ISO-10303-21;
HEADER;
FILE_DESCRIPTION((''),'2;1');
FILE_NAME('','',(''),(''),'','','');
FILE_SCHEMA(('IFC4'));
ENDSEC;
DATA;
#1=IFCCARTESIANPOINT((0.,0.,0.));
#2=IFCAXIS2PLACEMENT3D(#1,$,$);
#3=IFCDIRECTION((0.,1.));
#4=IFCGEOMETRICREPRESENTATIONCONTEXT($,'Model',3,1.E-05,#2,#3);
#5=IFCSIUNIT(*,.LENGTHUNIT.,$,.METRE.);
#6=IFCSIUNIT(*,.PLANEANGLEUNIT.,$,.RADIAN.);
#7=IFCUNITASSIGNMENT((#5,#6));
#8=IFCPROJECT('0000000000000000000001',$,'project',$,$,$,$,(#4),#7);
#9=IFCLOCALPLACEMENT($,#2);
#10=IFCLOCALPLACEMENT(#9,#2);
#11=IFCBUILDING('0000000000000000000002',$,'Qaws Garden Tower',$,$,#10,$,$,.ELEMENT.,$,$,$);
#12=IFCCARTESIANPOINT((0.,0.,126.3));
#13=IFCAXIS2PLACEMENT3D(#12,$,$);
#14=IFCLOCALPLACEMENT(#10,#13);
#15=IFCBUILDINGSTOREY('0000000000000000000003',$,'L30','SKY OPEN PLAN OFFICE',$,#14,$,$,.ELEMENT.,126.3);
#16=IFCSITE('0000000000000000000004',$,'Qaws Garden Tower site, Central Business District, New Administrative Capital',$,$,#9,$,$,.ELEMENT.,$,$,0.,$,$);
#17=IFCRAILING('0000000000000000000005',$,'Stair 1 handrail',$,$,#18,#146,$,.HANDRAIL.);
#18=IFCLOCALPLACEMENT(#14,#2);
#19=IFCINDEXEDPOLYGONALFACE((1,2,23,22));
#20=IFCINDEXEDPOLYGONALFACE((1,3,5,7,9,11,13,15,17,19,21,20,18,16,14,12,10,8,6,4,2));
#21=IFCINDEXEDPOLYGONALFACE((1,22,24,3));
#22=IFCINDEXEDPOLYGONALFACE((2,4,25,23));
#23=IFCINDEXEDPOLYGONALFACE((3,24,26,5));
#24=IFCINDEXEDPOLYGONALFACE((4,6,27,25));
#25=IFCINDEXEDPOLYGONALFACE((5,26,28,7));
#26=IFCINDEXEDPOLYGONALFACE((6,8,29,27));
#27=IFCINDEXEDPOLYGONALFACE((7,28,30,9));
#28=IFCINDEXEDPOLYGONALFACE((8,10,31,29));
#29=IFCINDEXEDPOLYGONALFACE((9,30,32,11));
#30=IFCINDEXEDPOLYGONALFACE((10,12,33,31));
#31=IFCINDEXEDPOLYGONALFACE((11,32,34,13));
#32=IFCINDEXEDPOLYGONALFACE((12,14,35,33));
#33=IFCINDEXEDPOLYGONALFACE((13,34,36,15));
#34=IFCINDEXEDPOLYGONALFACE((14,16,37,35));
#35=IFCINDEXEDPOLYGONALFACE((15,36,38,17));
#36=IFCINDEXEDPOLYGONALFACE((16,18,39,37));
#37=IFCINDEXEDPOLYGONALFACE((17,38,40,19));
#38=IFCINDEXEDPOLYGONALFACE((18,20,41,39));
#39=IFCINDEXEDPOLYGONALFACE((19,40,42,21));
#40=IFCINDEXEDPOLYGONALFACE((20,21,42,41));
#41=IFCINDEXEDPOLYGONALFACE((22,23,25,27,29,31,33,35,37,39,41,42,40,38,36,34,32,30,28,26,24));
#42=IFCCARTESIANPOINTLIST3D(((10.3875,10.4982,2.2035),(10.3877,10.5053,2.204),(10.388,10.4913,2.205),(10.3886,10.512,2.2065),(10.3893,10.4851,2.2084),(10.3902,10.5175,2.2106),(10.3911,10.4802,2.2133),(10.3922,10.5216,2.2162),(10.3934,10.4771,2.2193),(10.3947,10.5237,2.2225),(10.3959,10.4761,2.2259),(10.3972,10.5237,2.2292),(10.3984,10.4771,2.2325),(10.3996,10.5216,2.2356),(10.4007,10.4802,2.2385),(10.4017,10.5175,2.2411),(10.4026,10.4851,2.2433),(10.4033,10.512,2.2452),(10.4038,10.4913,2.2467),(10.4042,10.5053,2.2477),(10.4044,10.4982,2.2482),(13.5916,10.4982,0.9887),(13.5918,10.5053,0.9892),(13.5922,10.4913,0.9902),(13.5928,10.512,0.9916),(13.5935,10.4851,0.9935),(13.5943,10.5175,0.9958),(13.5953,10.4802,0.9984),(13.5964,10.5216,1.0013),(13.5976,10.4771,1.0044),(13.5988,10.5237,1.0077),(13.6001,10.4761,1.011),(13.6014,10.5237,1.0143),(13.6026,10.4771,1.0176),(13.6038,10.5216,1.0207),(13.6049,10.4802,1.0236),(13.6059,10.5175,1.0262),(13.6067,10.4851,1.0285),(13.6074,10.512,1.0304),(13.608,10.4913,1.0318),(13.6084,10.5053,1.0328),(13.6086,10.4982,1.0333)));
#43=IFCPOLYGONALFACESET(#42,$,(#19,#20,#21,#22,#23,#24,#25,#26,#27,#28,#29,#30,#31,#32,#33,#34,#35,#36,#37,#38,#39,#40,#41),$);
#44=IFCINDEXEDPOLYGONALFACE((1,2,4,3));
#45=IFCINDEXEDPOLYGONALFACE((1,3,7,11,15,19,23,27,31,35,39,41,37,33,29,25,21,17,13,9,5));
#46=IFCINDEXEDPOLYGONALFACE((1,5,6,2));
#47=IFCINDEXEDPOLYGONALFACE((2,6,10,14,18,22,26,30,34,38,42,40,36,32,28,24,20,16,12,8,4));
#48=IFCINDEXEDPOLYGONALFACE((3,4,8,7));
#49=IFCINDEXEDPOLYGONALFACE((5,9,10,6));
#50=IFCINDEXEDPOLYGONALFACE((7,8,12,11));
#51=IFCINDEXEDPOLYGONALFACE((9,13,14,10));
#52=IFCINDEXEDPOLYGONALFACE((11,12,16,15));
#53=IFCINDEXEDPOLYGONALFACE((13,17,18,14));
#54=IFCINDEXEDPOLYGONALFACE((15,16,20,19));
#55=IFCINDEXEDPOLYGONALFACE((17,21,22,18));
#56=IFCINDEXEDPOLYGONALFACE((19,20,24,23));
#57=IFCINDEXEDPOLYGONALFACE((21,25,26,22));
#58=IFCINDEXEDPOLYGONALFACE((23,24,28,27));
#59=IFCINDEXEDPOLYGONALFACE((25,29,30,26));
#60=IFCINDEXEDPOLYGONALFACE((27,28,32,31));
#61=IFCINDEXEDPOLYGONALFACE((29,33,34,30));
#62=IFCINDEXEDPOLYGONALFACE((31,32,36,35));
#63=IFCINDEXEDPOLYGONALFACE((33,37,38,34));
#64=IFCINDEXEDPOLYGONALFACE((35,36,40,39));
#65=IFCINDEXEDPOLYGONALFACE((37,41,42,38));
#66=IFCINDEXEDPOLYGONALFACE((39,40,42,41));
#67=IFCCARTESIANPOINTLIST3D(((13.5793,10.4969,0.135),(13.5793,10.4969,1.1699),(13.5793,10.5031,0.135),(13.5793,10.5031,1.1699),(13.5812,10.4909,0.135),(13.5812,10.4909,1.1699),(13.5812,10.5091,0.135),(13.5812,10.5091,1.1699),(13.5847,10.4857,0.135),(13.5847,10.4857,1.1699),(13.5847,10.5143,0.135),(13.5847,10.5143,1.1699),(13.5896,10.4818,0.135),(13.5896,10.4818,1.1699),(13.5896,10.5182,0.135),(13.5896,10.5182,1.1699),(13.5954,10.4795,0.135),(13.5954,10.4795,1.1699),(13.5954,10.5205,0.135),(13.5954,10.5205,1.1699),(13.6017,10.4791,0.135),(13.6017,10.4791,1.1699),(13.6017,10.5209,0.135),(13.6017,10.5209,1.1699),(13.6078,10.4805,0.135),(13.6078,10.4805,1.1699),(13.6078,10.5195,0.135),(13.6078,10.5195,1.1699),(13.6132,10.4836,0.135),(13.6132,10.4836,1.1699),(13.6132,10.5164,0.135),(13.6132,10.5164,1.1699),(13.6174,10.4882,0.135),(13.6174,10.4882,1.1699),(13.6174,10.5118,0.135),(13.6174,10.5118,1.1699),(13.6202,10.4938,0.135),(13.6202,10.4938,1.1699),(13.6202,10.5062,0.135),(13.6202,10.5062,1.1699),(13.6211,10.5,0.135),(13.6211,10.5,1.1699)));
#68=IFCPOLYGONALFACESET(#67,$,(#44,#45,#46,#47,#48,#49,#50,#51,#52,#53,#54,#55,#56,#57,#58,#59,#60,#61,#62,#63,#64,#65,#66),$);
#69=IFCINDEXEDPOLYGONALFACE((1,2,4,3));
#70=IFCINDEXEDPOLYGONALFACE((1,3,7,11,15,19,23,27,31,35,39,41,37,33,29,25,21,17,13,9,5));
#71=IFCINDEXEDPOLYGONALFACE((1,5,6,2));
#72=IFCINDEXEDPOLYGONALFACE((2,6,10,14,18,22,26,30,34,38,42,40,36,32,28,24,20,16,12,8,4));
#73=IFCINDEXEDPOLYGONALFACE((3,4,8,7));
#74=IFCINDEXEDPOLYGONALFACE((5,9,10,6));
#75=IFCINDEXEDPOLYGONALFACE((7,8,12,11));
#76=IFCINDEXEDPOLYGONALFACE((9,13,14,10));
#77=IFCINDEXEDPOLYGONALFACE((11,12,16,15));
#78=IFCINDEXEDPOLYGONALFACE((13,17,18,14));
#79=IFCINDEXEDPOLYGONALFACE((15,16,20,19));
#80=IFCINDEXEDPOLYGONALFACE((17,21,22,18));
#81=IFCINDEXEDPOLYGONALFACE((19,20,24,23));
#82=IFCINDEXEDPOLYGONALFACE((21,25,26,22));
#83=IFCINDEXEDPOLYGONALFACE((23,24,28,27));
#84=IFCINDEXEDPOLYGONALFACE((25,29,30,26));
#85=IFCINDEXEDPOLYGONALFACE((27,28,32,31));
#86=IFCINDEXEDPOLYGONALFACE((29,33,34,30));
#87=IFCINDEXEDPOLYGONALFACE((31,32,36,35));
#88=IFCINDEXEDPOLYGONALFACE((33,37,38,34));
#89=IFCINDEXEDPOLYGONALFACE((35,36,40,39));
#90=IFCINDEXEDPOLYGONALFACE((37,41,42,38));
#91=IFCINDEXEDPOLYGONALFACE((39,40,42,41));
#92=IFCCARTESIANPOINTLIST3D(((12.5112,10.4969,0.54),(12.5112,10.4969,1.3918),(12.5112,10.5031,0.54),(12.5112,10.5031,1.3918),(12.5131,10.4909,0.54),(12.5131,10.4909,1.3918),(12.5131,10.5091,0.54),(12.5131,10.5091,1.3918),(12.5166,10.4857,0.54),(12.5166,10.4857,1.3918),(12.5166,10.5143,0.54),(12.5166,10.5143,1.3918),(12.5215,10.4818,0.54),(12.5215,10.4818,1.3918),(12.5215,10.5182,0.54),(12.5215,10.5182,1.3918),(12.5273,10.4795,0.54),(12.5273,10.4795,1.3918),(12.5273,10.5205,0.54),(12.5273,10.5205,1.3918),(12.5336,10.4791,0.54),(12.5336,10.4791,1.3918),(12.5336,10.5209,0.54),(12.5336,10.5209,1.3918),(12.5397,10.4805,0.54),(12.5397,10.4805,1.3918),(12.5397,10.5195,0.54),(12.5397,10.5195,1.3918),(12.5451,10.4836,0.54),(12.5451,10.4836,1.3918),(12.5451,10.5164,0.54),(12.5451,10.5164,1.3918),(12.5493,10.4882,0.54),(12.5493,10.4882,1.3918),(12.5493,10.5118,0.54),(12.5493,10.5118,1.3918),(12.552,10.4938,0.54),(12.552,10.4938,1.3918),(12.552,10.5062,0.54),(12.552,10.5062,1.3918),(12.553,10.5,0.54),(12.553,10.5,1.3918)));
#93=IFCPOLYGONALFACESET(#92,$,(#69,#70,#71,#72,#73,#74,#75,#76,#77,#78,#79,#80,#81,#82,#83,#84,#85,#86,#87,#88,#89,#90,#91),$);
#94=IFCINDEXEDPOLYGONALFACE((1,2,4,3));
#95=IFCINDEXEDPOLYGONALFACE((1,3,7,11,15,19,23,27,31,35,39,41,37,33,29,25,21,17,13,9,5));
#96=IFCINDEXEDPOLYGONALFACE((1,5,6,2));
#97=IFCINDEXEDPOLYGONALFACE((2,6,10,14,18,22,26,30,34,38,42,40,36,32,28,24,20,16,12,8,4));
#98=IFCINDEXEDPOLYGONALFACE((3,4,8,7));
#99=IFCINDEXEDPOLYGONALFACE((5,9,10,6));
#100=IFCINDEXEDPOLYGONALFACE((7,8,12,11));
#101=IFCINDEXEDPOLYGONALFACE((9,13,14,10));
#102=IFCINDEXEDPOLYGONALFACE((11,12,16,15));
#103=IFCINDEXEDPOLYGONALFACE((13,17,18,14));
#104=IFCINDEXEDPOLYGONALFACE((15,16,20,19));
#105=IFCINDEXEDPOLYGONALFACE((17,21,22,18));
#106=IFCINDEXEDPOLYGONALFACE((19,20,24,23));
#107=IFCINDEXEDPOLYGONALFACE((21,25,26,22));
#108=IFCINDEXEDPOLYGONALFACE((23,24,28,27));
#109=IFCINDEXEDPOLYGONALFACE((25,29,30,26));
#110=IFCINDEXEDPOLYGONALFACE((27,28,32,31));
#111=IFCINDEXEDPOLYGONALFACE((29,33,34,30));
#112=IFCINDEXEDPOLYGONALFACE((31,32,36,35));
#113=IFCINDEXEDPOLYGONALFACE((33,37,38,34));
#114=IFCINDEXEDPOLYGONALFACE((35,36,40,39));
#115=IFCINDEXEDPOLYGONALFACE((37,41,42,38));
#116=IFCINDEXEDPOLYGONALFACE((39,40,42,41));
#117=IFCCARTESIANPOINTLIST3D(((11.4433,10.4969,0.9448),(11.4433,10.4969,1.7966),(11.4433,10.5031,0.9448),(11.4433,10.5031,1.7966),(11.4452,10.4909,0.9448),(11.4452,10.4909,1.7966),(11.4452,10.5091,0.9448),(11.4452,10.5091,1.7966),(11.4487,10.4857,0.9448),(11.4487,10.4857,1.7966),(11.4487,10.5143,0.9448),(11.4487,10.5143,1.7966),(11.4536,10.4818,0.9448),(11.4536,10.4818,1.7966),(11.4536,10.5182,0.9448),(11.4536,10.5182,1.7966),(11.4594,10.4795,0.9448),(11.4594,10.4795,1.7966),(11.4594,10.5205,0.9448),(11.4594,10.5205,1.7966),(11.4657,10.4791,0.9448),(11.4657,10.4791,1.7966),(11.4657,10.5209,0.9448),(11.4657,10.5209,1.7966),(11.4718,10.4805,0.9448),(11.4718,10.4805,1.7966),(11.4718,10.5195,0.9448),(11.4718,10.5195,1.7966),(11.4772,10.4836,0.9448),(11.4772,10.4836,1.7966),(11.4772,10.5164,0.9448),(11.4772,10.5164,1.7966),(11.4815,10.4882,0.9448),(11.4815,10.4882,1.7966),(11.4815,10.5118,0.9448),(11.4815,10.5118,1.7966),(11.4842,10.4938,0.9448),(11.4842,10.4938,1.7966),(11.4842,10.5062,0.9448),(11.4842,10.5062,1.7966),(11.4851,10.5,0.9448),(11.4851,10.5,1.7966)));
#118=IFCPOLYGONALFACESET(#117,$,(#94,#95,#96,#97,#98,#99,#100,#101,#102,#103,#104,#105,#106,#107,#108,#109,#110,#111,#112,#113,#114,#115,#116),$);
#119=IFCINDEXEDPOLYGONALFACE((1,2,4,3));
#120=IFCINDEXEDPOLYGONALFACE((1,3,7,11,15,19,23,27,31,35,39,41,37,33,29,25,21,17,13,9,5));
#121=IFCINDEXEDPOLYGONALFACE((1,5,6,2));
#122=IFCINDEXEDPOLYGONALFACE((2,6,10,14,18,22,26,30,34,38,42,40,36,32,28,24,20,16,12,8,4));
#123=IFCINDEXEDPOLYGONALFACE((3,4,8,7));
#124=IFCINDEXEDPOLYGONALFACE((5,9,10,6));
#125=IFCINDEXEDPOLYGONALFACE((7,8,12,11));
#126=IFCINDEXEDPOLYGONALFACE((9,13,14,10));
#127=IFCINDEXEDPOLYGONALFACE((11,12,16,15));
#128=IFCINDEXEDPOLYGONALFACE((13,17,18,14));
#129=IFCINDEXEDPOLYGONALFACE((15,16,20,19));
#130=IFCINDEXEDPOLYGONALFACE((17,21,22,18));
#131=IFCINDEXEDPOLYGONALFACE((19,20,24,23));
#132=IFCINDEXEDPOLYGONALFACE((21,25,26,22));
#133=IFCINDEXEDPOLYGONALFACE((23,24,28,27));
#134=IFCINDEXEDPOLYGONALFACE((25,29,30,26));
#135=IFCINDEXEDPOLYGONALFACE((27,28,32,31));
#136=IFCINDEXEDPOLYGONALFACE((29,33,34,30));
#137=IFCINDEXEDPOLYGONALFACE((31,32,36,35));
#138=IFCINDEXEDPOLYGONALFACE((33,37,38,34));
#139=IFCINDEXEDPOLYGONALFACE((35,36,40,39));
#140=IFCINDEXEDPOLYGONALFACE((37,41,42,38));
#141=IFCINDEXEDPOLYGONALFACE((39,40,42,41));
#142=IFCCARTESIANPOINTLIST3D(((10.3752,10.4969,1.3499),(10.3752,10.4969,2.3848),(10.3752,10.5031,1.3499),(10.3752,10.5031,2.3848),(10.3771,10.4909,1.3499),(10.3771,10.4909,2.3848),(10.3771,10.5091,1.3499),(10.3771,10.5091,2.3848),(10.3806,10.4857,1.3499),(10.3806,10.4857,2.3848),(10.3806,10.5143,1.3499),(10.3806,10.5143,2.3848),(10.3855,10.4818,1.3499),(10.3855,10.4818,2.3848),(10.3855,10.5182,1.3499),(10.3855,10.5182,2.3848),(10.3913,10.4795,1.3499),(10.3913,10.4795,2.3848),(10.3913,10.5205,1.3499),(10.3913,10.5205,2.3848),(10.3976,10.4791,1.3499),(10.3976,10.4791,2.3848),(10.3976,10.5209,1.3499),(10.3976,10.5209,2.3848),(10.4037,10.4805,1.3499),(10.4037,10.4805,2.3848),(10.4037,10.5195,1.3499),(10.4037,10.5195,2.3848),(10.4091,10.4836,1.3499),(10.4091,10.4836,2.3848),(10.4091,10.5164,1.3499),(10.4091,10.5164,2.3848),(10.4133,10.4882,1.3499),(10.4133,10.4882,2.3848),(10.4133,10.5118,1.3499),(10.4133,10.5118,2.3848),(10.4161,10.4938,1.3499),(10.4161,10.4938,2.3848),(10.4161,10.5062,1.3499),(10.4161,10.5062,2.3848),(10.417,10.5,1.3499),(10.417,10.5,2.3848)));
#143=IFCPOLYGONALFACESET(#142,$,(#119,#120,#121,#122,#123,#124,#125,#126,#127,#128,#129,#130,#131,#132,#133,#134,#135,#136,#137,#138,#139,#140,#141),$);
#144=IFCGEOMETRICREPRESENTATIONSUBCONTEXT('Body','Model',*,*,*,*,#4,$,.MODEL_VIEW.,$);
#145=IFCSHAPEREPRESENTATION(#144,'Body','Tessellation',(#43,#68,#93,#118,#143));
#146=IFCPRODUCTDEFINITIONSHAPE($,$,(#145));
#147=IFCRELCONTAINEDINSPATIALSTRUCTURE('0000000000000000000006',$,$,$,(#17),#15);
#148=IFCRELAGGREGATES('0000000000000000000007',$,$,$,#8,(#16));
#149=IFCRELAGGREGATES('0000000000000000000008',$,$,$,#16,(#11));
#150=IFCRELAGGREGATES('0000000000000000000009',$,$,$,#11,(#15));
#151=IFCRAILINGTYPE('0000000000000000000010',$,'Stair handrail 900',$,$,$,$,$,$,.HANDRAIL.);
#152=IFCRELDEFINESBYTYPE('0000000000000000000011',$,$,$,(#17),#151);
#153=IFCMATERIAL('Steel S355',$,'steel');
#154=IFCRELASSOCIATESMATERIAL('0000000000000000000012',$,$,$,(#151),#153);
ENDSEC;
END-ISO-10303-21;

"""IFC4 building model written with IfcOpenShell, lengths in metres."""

from ifc_helpers import new_model, si_unit, direction, frame, origin, origin_2d, place, context, subcontext, project, spatial, circle, extrude, material, type_object, element, save


model = new_model("IFC4")

# Units and contexts
model_context = context("Model", 3, precision=1e-05, world=origin(), true_north=direction((0.0, 1.0)))
body_context = subcontext(model_context, "Body", "Model", "MODEL_VIEW")
ifc_project = project(units=[si_unit("LENGTHUNIT", "METRE"), si_unit("PLANEANGLEUNIT", "RADIAN")], contexts=[model_context])

# Site, building, storey
site_placement = place(None, origin())
site = spatial("IfcSite", under=ifc_project, at=site_placement, Name="Qaws Garden Tower site, Central Business District, New Administrative Capital", CompositionType="ELEMENT", RefElevation=0.0)
building_placement = place(site_placement, origin())
building = spatial("IfcBuilding", under=site, at=building_placement, Name="Qaws Garden Tower", CompositionType="ELEMENT")
storey_placement = place(building_placement, frame((0.0, 0.0, 126.3)))
storey = spatial("IfcBuildingStorey", under=building, at=storey_placement, Name="L30", Description="SKY OPEN PLAN OFFICE", CompositionType="ELEMENT", Elevation=126.3)

# Railing
ifc_material_1 = material(Name="Steel S355", Category="steel")
railing_type = type_object("IfcRailingType", Name="Stair handrail 900", PredefinedType="HANDRAIL", material=ifc_material_1)
railing_1_placement = place(storey_placement, frame((13.6001, 10.5, 0.135)))
element("IfcRailing", 1, at=railing_1_placement, inside=storey, type_object=railing_type, Name="Stair 1 handrail", PredefinedType="HANDRAIL", context=body_context, shape_type="SweptSolid", body=[
    extrude(circle(Radius=0.0239, at=origin_2d()), frame((0.0, 0.0, 0.876), z_axis=(-0.935046, 0.0, 0.354525), x_axis=(0.0, -1.0, 0.0)), (0.0, 0.0, 1.0), 3.4268),
    extrude(circle(Radius=0.021, at=origin_2d()), origin(), (0.0, 0.0, 1.0), 1.0349),
    extrude(circle(Radius=0.021, at=origin_2d()), frame((-1.0681, 0.0, 0.405)), (0.0, 0.0, 1.0), 0.8518),
    extrude(circle(Radius=0.021, at=origin_2d()), frame((-2.136, 0.0, 0.8098)), (0.0, 0.0, 1.0), 0.8518),
    extrude(circle(Radius=0.021, at=origin_2d()), frame((-3.2041, 0.0, 1.2148)), (0.0, 0.0, 1.0), 1.0349),
])

save(model, "model.ifc")
